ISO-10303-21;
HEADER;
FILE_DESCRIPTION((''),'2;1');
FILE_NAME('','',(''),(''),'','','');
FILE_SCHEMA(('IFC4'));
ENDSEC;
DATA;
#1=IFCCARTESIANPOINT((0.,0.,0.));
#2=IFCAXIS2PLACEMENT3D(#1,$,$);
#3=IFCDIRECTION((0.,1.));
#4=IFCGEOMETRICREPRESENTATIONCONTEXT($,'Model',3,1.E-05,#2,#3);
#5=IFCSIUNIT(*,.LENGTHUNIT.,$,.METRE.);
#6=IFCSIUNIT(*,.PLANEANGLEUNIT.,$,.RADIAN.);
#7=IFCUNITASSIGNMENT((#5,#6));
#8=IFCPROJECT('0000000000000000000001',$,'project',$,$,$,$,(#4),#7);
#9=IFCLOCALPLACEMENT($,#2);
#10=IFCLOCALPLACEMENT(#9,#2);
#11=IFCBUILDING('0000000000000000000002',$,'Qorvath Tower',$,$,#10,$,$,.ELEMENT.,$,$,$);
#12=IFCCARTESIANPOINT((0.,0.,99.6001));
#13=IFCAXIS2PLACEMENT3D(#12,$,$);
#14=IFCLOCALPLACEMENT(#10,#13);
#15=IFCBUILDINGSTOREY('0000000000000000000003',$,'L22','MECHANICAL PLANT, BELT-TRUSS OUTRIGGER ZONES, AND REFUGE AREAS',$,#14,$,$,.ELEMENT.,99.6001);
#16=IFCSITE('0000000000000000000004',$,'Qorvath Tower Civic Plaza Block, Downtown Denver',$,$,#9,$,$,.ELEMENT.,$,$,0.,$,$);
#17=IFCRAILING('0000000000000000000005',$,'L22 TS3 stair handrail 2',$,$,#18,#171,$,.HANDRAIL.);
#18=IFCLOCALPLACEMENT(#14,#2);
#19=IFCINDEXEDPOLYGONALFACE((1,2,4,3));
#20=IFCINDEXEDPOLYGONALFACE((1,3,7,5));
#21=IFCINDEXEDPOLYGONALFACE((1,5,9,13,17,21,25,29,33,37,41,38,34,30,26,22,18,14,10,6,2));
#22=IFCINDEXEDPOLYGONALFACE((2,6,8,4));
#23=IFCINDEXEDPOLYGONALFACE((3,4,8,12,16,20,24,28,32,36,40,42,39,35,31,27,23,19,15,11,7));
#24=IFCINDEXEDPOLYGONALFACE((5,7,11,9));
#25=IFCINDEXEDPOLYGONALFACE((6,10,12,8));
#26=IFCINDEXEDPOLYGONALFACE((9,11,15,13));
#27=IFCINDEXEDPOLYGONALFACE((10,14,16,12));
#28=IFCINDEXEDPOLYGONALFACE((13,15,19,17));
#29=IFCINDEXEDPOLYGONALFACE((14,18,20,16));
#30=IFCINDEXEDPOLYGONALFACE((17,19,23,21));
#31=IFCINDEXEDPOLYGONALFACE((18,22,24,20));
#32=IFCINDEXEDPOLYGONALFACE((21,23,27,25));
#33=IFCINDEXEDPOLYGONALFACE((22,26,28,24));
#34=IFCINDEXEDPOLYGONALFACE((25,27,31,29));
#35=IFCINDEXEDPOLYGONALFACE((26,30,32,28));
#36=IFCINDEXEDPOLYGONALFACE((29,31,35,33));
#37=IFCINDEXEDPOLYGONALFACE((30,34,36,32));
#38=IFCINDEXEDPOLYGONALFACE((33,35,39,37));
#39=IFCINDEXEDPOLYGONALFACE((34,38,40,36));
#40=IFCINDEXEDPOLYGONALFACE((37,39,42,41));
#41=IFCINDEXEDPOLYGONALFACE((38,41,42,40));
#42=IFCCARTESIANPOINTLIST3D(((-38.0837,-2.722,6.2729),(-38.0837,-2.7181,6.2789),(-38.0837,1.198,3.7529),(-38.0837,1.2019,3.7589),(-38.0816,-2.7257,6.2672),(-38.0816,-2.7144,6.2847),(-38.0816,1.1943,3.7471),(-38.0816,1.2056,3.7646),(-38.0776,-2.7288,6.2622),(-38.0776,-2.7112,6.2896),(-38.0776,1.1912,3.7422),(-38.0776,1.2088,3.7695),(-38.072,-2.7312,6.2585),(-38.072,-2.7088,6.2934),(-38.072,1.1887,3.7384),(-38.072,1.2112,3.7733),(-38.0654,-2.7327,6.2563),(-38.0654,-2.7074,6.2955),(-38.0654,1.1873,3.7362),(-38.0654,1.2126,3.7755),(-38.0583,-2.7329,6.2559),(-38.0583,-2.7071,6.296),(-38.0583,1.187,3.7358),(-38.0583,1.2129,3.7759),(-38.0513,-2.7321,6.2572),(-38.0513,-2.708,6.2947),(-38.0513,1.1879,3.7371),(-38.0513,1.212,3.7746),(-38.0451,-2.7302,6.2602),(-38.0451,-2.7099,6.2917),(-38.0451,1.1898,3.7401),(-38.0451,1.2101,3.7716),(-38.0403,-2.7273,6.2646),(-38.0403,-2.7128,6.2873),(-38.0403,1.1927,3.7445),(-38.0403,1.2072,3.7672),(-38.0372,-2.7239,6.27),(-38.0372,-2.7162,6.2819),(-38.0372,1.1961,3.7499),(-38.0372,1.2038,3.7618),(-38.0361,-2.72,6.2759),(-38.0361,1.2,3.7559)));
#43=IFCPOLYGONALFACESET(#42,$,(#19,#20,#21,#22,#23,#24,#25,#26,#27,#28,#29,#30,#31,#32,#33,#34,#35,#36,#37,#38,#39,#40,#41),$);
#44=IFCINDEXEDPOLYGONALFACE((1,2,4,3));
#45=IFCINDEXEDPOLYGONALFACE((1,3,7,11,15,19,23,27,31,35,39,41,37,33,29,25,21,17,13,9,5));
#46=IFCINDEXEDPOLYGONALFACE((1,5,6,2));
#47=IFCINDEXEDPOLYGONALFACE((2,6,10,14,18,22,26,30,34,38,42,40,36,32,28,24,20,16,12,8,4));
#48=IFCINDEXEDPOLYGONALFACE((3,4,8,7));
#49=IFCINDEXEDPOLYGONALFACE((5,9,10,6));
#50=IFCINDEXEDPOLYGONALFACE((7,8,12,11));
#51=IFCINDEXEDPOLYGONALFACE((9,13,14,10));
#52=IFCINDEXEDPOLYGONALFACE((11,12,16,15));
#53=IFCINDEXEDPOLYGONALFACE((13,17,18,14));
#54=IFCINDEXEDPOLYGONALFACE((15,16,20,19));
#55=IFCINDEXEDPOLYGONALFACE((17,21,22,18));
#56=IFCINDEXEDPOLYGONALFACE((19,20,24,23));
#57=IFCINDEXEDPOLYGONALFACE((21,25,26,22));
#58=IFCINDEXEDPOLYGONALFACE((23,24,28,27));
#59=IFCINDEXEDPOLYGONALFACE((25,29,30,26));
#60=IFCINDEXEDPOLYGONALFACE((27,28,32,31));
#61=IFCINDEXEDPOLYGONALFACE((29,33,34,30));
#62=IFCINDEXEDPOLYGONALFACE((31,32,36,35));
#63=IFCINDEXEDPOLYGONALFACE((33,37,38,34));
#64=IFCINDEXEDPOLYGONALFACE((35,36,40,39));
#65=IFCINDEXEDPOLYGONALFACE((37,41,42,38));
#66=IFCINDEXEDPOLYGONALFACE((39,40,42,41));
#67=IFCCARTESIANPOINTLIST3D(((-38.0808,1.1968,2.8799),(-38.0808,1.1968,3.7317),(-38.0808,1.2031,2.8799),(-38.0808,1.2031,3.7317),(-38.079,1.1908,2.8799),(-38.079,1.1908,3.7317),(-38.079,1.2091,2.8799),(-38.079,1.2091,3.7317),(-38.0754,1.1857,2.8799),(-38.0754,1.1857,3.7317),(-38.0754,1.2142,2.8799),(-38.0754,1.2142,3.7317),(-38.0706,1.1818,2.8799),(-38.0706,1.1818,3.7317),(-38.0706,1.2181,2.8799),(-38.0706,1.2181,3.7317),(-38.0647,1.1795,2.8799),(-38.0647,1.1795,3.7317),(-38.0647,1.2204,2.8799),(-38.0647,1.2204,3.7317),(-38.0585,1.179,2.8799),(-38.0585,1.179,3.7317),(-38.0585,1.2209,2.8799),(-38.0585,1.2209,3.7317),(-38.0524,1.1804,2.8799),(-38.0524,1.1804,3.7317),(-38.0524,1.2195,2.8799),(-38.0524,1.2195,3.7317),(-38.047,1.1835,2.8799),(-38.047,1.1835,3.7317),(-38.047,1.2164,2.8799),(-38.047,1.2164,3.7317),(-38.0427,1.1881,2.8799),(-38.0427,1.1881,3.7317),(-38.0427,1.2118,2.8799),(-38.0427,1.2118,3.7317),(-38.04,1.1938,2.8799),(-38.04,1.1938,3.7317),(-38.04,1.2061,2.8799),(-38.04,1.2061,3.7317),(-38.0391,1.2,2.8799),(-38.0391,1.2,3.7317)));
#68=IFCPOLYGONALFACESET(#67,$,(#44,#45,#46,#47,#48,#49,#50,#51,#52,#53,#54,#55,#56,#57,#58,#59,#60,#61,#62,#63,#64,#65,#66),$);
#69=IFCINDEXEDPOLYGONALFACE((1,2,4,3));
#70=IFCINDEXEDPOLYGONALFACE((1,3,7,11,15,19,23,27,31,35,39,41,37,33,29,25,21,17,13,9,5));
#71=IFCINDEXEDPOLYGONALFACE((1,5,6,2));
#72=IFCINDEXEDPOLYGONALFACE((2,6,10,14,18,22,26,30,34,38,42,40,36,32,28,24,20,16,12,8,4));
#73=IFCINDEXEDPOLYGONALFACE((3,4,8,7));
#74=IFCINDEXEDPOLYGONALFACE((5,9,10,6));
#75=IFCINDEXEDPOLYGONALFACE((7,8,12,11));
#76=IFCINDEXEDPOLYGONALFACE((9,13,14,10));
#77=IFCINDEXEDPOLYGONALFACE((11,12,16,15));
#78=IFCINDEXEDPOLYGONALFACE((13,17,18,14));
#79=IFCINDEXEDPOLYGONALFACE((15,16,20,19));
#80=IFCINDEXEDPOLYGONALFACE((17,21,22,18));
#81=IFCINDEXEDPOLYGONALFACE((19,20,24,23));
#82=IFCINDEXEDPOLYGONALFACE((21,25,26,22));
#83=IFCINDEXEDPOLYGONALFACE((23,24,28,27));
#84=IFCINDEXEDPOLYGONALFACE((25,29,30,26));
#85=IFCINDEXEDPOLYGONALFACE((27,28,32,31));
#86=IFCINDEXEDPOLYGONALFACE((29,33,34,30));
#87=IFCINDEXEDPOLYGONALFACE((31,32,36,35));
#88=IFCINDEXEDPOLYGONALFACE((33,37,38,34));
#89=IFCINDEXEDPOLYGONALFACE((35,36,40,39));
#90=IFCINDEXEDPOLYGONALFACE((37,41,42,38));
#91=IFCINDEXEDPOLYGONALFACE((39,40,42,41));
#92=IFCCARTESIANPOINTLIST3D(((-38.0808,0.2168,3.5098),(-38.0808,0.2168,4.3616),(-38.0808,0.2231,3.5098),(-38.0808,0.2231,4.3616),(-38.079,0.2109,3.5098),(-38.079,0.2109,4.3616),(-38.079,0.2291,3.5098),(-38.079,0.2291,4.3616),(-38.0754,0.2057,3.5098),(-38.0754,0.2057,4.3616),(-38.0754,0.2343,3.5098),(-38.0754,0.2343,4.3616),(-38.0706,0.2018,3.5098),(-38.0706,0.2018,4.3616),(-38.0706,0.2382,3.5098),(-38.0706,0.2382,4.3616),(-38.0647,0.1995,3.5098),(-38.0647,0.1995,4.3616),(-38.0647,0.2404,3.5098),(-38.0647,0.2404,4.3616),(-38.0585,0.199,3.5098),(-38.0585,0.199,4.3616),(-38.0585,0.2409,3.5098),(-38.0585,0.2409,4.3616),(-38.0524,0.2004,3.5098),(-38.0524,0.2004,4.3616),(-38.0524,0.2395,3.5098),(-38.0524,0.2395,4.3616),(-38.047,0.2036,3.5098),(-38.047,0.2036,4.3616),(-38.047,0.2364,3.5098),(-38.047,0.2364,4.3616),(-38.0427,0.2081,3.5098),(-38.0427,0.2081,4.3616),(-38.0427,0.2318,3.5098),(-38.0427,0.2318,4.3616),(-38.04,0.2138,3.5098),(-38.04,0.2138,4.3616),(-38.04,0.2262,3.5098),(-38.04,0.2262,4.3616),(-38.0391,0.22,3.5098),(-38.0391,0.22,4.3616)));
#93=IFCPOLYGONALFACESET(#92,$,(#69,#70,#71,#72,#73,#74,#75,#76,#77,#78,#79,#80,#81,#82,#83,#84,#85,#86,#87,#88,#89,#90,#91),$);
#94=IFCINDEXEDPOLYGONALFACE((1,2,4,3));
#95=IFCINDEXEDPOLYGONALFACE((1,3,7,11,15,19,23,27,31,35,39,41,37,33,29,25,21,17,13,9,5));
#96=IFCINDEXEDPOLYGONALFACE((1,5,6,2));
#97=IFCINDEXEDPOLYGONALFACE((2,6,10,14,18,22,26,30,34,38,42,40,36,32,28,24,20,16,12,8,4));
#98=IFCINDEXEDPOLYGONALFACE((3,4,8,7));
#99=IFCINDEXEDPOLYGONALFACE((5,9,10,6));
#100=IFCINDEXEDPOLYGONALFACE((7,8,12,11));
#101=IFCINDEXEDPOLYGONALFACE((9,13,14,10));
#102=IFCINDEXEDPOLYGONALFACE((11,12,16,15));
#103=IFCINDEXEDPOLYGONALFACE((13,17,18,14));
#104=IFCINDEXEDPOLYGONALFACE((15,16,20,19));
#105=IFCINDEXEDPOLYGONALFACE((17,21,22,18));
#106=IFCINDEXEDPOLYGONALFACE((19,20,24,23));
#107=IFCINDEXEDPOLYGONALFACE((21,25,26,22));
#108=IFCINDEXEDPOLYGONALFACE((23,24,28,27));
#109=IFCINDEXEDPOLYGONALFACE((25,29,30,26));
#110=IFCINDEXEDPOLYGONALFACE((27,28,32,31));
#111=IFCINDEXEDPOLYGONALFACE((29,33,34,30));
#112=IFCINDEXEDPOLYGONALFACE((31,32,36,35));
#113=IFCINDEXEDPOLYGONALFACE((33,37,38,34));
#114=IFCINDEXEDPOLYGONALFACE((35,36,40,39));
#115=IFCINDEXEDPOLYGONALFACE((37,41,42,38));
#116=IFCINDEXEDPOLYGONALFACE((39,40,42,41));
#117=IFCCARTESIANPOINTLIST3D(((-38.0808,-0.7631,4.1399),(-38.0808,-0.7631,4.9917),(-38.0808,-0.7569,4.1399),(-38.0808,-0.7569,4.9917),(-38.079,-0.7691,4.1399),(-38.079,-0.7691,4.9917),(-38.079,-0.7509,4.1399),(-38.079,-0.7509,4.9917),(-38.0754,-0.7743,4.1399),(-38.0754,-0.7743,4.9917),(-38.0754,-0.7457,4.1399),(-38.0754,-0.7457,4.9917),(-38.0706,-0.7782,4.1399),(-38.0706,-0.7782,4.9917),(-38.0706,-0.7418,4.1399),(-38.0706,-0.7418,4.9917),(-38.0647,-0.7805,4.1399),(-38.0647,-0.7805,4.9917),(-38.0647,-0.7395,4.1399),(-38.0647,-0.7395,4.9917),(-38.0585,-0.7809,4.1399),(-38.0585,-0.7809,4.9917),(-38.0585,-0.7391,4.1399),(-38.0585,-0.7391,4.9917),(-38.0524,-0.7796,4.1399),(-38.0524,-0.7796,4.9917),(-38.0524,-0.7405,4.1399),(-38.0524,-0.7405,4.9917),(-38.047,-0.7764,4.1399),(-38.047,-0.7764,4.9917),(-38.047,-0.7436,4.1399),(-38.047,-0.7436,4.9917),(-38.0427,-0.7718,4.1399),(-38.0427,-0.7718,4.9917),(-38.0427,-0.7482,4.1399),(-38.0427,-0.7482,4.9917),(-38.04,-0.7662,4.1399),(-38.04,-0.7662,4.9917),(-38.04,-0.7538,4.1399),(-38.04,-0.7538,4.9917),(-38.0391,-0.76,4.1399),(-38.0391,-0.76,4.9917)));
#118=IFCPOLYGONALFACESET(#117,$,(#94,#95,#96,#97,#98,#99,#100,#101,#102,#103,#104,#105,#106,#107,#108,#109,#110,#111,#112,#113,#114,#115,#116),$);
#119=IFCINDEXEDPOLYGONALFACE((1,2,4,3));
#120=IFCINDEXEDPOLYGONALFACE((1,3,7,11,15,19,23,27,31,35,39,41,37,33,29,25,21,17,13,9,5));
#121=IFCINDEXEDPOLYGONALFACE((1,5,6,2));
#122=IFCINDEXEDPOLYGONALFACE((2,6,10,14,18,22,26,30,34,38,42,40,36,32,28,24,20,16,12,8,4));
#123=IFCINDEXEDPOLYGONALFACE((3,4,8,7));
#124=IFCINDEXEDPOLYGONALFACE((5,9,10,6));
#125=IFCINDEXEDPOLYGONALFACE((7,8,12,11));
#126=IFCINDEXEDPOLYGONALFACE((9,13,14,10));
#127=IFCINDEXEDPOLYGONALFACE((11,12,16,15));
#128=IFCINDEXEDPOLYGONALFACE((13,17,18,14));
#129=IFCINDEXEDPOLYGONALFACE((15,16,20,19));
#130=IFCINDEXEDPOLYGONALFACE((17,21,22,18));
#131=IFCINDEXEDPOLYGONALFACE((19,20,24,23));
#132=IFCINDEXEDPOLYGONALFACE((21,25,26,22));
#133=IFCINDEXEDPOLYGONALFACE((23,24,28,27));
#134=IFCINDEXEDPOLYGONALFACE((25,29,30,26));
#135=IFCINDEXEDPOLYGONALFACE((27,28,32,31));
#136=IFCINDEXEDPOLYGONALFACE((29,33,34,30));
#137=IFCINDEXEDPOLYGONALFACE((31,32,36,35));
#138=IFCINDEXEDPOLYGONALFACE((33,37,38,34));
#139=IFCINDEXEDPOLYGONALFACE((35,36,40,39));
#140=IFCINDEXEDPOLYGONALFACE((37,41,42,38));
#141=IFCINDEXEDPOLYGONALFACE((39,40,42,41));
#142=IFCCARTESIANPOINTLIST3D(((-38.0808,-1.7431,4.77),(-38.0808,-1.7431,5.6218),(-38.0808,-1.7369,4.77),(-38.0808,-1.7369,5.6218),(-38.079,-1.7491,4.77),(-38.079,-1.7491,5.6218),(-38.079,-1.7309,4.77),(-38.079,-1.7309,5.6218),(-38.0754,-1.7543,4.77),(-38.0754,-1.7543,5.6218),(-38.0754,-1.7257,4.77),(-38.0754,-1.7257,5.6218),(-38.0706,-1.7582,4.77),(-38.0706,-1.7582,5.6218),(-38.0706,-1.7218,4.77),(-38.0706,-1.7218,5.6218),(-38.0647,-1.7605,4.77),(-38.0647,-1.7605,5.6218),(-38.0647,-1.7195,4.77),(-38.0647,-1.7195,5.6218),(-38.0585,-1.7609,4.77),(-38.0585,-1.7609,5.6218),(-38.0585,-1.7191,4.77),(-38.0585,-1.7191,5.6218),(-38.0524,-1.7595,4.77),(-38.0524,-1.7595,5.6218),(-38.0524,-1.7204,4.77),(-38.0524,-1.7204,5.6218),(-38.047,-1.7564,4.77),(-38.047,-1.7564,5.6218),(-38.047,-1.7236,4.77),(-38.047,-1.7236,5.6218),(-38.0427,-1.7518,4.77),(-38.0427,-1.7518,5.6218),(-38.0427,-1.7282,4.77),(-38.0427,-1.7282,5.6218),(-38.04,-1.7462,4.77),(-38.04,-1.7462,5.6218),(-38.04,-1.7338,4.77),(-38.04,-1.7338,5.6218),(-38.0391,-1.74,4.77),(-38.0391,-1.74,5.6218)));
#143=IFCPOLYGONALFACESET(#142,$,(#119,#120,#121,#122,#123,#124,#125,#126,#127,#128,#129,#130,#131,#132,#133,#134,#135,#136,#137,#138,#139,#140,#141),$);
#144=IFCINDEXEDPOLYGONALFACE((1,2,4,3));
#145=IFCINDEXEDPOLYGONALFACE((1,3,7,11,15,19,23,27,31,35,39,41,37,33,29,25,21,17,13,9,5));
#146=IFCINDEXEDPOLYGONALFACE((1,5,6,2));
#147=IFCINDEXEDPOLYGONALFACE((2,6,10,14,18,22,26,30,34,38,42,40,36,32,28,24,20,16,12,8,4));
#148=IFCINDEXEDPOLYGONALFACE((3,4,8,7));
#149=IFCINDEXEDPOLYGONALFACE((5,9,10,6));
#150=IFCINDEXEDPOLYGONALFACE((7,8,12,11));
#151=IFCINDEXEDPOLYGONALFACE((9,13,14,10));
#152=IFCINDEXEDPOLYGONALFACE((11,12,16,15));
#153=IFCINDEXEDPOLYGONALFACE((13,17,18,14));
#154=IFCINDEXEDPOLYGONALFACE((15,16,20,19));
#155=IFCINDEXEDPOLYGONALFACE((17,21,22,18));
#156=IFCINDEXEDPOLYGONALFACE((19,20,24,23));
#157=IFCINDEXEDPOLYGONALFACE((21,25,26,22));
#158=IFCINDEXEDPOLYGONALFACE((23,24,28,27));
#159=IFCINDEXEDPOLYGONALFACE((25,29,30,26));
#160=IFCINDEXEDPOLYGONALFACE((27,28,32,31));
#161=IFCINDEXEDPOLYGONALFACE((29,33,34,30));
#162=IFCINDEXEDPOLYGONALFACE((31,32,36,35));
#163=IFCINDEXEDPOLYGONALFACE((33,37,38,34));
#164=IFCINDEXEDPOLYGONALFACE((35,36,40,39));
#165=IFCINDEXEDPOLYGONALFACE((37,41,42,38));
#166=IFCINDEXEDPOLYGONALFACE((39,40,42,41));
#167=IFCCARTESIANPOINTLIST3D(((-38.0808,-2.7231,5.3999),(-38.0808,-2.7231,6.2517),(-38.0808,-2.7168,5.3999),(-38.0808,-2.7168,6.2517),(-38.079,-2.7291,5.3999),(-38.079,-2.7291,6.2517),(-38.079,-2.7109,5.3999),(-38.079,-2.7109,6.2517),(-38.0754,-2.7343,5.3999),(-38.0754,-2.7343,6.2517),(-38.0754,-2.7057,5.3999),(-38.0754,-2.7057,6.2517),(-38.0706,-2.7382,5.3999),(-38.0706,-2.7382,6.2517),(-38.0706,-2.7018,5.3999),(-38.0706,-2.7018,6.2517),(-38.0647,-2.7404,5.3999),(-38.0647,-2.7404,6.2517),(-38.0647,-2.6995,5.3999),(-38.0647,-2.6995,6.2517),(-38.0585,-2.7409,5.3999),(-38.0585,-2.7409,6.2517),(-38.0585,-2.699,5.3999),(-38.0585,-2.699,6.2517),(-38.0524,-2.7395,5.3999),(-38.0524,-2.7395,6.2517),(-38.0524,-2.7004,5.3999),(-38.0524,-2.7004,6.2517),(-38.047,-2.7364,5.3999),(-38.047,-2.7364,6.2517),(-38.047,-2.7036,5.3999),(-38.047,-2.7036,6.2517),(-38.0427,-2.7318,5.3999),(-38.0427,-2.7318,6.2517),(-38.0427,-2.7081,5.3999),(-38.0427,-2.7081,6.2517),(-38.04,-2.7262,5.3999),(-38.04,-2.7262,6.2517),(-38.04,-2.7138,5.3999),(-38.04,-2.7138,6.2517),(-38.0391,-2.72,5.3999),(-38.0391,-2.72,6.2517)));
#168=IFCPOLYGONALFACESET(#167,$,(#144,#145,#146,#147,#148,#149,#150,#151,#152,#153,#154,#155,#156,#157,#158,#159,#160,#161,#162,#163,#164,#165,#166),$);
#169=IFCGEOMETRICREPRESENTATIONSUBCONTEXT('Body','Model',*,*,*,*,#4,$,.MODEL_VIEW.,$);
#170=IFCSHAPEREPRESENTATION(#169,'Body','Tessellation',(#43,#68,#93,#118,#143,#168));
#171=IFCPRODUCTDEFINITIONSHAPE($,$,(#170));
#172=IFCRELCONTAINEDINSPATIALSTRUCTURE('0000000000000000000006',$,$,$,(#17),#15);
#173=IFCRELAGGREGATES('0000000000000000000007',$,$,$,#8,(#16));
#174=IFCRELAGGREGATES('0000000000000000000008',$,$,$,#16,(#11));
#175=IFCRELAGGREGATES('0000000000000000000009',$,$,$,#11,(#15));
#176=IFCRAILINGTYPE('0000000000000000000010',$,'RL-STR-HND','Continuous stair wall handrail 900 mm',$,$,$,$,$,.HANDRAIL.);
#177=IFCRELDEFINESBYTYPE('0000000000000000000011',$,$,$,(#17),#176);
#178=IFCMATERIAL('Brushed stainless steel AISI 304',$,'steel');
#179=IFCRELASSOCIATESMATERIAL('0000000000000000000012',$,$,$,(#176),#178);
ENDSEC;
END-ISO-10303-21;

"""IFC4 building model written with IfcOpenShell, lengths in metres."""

from ifc_helpers import new_model, si_unit, direction, frame, origin, origin_2d, place, context, subcontext, project, spatial, circle, extrude, material, type_object, element, save


model = new_model("IFC4")

# Units and contexts
model_context = context("Model", 3, precision=1e-05, world=origin(), true_north=direction((0.0, 1.0)))
body_context = subcontext(model_context, "Body", "Model", "MODEL_VIEW")
ifc_project = project(units=[si_unit("LENGTHUNIT", "METRE"), si_unit("PLANEANGLEUNIT", "RADIAN")], contexts=[model_context])

# Site, building, storey
site_placement = place(None, origin())
site = spatial("IfcSite", under=ifc_project, at=site_placement, Name="Qorvath Tower Civic Plaza Block, Downtown Denver", CompositionType="ELEMENT", RefElevation=0.0)
building_placement = place(site_placement, origin())
building = spatial("IfcBuilding", under=site, at=building_placement, Name="Qorvath Tower", CompositionType="ELEMENT")
storey_placement = place(building_placement, frame((0.0, 0.0, 99.6001)))
storey = spatial("IfcBuildingStorey", under=building, at=storey_placement, Name="L22", Description="MECHANICAL PLANT, BELT-TRUSS OUTRIGGER ZONES, AND REFUGE AREAS", CompositionType="ELEMENT", Elevation=99.6001)

# Railing
ifc_material_1 = material(Name="Brushed stainless steel AISI 304", Category="steel")
railing_type_1 = type_object("IfcRailingType", Name="RL-STR-HND", Description="Continuous stair wall handrail 900 mm", PredefinedType="HANDRAIL", material=ifc_material_1)
railing_1_placement = place(storey_placement, frame((-38.0601, 1.2, 2.8799)))
element("IfcRailing", 1, at=railing_1_placement, inside=storey, type_object=railing_type_1, Name="L22 TS3 stair handrail 2", PredefinedType="HANDRAIL", context=body_context, shape_type="SweptSolid", body=[
    extrude(circle(Radius=0.0239, at=origin_2d()), frame((0.0, 0.0, 0.876), z_axis=(0.0, -0.841172, 0.540768), x_axis=(1.0, 0.0, 0.0)), (0.0, 0.0, 1.0), 4.6602),
    extrude(circle(Radius=0.021, at=origin_2d()), origin(), (0.0, 0.0, 1.0), 0.8518),
    extrude(circle(Radius=0.021, at=origin_2d()), frame((0.0, -0.98, 0.6299)), (0.0, 0.0, 1.0), 0.8518),
    extrude(circle(Radius=0.021, at=origin_2d()), frame((0.0, -1.96, 1.26)), (0.0, 0.0, 1.0), 0.8518),
    extrude(circle(Radius=0.021, at=origin_2d()), frame((0.0, -2.9399, 1.8901)), (0.0, 0.0, 1.0), 0.8518),
    extrude(circle(Radius=0.021, at=origin_2d()), frame((0.0, -3.9199, 2.52)), (0.0, 0.0, 1.0), 0.8518),
])

save(model, "model.ifc")
